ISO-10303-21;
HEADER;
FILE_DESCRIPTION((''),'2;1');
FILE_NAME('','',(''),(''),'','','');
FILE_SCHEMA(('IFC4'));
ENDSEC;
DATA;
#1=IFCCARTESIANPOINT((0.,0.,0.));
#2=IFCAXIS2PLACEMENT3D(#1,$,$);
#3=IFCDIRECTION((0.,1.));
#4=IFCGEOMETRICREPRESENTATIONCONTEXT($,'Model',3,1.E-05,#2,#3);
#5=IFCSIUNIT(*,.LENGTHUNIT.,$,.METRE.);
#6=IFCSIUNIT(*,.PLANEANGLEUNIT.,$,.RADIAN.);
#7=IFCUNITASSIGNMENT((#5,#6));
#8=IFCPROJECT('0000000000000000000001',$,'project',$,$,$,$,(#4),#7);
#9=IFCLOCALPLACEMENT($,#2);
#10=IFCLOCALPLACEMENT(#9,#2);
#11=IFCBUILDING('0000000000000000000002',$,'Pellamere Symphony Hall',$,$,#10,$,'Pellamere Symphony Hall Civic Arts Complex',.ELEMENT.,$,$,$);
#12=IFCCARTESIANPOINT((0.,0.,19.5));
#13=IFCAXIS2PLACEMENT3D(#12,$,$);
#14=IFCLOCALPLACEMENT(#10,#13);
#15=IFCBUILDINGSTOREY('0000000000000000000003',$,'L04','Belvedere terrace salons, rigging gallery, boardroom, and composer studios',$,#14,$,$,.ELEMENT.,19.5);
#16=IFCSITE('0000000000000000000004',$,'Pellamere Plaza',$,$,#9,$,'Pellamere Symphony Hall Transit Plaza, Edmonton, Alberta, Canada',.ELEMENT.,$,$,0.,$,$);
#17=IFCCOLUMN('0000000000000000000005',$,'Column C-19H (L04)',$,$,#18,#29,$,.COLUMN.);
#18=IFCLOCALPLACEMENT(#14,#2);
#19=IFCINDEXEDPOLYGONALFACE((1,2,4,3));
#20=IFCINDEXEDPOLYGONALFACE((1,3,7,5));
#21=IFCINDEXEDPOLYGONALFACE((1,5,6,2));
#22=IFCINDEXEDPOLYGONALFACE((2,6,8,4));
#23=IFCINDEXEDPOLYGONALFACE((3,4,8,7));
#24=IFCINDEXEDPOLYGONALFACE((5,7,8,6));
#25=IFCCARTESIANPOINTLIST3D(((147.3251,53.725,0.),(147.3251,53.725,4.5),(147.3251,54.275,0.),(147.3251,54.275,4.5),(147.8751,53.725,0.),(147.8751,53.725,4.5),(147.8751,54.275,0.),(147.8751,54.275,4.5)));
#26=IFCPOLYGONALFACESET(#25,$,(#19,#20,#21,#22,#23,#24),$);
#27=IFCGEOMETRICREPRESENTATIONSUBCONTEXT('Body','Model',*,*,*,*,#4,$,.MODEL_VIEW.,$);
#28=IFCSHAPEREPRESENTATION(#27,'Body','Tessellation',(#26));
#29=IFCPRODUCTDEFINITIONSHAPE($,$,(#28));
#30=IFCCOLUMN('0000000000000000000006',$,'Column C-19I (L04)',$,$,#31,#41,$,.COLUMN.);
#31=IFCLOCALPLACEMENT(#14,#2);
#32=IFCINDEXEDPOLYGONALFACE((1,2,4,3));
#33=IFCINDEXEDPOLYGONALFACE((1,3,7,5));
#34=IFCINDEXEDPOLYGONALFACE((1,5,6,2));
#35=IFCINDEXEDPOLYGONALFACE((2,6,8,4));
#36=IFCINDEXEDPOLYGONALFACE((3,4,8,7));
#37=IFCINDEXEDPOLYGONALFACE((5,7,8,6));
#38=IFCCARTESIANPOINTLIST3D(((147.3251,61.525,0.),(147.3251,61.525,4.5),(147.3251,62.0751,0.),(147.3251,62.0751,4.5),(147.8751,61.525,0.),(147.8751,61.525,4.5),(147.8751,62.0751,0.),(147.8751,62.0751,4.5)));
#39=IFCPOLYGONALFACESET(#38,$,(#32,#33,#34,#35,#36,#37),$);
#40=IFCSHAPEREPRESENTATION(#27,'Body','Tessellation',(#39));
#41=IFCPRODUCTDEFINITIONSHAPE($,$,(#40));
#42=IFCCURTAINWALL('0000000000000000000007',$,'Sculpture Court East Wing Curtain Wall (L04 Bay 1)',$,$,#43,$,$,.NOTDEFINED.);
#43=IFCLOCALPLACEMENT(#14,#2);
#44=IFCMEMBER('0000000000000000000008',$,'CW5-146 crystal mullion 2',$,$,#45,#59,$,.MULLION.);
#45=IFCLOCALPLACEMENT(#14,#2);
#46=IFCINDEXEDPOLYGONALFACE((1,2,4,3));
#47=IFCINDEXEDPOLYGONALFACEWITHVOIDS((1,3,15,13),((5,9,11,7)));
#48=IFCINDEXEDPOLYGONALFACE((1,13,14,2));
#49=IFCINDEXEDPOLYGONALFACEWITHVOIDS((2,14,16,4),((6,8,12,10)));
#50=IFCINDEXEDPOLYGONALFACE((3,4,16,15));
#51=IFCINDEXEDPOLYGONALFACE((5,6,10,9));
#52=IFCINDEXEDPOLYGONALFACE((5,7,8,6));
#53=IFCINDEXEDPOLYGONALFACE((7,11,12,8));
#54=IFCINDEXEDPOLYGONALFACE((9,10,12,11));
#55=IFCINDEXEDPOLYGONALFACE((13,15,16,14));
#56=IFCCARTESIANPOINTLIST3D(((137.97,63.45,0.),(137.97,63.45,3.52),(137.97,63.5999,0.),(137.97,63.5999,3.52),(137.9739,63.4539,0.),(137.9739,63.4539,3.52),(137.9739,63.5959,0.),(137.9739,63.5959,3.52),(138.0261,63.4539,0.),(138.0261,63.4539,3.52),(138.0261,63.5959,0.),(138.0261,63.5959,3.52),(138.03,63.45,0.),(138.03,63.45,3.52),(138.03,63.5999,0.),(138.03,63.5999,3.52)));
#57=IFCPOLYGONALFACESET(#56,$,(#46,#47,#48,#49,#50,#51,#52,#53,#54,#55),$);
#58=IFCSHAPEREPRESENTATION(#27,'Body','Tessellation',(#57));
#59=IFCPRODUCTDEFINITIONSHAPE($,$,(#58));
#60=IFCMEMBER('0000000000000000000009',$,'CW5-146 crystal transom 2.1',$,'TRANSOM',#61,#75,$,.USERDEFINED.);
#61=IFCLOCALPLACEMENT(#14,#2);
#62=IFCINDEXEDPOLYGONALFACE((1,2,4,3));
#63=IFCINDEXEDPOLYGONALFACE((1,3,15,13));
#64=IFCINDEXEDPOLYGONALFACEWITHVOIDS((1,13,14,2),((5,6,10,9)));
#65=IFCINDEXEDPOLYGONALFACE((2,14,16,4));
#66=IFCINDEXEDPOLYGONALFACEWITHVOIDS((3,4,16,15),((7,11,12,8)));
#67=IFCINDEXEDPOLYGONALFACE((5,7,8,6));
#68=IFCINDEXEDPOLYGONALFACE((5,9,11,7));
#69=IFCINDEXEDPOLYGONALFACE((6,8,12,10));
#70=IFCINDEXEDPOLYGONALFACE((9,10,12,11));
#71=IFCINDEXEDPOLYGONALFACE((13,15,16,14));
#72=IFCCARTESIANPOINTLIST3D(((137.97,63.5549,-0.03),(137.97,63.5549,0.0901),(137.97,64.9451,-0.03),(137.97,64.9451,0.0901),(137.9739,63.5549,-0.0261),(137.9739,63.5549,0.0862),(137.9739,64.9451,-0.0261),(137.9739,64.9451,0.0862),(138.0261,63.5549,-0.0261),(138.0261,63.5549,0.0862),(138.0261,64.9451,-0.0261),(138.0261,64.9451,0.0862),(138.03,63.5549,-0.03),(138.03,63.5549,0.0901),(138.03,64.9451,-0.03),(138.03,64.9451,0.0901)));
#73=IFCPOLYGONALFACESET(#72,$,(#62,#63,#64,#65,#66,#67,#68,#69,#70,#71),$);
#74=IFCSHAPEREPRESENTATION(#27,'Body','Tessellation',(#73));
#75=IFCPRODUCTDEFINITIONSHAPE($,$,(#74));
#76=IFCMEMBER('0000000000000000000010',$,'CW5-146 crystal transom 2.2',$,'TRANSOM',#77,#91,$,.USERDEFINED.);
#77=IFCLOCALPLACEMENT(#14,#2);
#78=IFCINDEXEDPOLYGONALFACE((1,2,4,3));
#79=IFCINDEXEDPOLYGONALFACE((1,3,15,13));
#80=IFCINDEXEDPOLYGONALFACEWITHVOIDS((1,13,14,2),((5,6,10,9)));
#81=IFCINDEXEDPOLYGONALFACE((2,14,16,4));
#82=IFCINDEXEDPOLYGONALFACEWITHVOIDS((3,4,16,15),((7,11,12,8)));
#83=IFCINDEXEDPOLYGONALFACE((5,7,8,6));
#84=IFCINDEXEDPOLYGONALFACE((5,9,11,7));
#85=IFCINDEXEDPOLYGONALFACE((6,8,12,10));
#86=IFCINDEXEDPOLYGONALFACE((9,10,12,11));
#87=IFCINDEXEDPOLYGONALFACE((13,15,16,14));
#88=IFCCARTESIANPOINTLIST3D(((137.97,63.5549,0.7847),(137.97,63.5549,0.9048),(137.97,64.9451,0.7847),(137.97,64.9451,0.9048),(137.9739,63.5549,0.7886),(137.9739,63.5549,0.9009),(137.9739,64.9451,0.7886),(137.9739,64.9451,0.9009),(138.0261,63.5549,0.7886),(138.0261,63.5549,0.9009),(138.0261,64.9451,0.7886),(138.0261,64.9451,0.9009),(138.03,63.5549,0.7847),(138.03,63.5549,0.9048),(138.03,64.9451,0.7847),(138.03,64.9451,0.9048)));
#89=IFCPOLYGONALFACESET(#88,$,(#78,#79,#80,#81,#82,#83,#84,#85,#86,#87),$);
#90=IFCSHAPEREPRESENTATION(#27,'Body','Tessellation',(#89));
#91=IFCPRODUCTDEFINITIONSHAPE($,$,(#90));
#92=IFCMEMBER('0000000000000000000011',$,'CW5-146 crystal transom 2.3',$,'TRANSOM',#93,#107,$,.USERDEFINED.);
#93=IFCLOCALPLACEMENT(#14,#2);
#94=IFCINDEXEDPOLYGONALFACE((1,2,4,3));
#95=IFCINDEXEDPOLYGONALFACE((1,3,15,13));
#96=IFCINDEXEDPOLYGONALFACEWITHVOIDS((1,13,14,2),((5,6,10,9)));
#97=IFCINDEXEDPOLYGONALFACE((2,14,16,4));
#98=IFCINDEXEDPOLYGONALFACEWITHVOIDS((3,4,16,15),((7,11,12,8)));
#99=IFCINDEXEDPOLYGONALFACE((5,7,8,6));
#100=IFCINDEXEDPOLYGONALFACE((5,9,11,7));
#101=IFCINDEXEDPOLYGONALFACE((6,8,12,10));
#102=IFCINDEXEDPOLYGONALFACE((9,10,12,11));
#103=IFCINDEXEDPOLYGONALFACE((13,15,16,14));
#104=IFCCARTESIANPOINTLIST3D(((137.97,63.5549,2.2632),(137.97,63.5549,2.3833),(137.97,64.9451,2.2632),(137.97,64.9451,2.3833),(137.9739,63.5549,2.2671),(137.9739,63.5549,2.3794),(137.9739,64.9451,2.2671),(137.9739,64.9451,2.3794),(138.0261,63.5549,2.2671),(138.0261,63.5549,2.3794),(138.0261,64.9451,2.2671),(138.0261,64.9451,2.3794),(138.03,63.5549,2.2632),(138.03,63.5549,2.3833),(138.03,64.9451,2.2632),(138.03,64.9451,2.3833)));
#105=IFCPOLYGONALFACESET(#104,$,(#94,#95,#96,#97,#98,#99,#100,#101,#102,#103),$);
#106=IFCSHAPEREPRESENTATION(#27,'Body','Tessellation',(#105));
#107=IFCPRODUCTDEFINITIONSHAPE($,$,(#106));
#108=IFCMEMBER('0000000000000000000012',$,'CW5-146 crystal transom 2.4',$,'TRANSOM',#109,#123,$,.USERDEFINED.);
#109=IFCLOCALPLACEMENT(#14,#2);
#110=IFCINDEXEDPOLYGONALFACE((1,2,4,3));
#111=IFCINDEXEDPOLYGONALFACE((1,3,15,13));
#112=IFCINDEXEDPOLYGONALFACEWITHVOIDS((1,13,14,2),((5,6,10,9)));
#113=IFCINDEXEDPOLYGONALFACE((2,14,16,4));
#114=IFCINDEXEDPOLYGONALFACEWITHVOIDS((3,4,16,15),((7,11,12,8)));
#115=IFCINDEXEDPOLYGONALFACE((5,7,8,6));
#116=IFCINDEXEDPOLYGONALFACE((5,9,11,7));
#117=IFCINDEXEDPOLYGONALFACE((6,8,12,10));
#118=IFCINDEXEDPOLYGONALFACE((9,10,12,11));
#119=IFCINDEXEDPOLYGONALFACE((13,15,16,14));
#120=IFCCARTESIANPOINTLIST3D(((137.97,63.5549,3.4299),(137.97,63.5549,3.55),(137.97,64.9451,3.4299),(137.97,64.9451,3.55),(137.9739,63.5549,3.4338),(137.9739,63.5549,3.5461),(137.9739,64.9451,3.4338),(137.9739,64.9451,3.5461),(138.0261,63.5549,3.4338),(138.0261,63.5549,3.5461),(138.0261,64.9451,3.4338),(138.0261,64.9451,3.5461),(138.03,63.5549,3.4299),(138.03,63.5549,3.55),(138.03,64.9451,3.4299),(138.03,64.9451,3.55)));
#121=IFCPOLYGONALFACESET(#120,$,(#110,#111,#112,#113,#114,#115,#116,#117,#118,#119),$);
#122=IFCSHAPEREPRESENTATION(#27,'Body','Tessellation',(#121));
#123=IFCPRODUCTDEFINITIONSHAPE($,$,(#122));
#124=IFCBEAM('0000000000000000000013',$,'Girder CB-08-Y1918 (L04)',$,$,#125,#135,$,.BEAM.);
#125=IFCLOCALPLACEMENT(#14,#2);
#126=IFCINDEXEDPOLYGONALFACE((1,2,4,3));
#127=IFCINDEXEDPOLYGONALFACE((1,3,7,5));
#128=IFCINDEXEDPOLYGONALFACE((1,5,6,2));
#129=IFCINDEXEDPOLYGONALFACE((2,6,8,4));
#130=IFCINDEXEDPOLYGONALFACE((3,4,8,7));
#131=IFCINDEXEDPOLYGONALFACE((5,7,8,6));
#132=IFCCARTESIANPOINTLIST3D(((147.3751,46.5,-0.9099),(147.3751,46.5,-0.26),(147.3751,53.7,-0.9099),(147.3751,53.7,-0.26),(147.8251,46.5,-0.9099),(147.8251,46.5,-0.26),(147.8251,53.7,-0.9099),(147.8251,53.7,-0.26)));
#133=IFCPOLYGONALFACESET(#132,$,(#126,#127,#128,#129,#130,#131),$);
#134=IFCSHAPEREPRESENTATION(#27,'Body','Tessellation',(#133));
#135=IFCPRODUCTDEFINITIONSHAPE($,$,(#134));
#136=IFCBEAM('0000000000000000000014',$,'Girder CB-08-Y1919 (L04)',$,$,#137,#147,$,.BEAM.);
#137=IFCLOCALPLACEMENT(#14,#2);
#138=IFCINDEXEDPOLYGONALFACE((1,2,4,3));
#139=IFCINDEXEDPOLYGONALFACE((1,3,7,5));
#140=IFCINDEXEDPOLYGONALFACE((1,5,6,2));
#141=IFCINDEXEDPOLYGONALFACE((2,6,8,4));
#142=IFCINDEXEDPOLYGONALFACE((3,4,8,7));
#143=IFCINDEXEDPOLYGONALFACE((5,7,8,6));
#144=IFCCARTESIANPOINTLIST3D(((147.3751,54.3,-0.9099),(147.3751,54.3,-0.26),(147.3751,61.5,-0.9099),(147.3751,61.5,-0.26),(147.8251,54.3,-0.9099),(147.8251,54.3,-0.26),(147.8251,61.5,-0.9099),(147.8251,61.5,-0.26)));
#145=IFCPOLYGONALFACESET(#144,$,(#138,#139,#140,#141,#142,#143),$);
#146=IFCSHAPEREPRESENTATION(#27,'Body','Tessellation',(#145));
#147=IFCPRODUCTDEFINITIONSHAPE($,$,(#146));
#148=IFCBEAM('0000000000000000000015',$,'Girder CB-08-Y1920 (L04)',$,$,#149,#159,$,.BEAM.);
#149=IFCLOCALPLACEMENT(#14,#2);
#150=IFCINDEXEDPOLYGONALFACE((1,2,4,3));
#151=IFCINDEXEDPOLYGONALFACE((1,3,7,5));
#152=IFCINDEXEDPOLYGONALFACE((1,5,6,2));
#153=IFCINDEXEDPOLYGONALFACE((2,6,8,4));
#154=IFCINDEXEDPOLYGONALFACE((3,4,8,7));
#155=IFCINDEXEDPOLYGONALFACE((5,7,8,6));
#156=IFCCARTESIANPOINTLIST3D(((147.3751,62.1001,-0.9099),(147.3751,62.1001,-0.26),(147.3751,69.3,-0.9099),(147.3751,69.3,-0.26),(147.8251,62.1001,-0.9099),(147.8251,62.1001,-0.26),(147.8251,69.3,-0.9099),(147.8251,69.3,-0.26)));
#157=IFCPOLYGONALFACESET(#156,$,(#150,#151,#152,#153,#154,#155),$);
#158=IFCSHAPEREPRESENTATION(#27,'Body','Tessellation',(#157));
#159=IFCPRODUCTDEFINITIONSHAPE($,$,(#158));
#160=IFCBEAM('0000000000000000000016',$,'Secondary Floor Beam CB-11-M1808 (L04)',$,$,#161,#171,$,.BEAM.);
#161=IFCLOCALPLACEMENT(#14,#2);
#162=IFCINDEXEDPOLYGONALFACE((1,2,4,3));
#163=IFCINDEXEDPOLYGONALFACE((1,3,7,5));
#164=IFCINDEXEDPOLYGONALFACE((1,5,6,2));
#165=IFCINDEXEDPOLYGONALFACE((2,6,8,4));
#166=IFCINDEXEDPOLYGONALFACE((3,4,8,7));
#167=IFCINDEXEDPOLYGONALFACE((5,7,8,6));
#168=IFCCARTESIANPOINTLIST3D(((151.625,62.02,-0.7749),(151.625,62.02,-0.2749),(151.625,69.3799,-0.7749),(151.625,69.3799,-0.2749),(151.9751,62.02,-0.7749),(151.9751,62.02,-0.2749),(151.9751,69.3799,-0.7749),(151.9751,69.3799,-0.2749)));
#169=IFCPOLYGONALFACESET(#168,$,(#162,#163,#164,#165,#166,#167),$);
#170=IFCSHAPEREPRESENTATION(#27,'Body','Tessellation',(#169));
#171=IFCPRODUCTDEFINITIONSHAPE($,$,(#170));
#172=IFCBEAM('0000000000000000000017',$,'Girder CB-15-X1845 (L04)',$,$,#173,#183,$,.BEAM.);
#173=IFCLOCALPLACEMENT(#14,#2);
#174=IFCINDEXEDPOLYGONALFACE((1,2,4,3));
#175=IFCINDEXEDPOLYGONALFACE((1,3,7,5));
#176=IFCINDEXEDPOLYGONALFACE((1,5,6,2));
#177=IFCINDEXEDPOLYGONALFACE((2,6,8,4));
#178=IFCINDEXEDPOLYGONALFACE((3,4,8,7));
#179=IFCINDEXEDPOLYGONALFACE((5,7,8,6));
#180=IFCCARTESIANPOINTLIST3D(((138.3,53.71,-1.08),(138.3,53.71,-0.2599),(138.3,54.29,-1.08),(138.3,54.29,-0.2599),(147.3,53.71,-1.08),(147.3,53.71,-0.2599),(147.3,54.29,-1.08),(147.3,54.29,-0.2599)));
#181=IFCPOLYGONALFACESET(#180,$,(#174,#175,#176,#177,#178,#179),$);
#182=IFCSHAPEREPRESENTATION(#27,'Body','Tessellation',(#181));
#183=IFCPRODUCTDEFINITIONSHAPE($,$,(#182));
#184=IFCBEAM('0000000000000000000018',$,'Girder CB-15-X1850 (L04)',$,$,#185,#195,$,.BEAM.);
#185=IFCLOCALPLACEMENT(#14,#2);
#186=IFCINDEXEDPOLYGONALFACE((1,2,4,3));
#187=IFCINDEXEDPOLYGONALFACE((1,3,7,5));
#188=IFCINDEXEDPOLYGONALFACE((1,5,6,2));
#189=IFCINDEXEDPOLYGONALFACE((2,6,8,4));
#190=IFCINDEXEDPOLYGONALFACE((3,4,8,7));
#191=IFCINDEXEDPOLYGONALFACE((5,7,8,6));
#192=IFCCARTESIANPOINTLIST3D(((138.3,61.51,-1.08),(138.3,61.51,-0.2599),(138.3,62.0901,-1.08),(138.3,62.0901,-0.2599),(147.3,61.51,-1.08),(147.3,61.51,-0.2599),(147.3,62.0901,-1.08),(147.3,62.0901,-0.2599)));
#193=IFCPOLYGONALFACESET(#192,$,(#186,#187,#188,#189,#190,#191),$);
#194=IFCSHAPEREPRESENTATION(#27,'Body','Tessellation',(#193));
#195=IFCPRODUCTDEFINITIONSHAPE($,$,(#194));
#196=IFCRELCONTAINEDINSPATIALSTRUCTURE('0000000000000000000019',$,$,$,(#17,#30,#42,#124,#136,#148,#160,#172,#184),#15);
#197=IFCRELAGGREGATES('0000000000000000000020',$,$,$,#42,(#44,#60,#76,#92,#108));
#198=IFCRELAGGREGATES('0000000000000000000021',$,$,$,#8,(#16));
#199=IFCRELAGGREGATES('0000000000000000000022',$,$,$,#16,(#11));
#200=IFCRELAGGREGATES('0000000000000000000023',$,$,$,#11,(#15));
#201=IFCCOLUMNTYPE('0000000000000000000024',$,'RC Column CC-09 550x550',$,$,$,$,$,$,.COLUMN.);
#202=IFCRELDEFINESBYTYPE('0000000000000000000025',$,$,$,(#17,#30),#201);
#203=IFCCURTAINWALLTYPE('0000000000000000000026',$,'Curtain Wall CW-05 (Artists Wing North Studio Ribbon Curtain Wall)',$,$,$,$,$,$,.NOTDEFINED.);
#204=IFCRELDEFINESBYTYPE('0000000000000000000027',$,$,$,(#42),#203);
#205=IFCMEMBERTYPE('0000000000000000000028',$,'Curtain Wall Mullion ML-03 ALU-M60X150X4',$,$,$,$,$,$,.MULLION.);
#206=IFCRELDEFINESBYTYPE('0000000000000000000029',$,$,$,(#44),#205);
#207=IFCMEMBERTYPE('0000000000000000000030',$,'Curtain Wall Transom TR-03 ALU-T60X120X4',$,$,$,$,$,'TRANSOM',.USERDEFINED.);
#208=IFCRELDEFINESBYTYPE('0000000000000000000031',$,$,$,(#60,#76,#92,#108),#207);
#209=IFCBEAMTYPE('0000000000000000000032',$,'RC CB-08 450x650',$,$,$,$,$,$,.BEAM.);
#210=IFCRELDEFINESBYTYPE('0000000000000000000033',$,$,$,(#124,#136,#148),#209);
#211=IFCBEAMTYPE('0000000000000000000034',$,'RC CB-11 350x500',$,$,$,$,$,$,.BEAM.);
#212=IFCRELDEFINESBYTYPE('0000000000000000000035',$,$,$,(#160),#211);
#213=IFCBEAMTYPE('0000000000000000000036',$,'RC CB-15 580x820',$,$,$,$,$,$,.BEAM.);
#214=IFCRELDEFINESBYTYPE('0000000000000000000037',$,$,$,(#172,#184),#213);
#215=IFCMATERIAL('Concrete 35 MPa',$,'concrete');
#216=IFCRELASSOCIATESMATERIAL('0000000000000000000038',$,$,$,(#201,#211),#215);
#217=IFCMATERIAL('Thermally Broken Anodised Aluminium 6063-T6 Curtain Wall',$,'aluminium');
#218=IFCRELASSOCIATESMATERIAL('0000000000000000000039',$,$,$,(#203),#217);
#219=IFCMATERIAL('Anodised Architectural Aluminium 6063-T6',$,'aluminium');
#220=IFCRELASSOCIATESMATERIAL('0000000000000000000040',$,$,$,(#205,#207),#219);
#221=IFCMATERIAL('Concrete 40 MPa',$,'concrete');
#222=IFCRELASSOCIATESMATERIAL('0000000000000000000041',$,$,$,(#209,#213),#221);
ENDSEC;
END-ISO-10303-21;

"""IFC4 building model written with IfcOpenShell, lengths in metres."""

from ifc_helpers import new_model, si_unit, direction, frame, origin, origin_2d, place, context, subcontext, project, spatial, rectangle, hollow_rectangle, extrude, material, material_profile, profile_set, type_object, element, aggregate, save


model = new_model("IFC4")

# Units and contexts
model_context = context("Model", 3, precision=1e-05, world=origin(), true_north=direction((0.0, 1.0)))
body_context = subcontext(model_context, "Body", "Model", "MODEL_VIEW")
ifc_project = project(units=[si_unit("LENGTHUNIT", "METRE"), si_unit("PLANEANGLEUNIT", "RADIAN")], contexts=[model_context])

# Site, building, storey
site_placement = place(None, origin())
site = spatial("IfcSite", under=ifc_project, at=site_placement, Name="Pellamere Plaza", LongName="Pellamere Symphony Hall Transit Plaza, Edmonton, Alberta, Canada", CompositionType="ELEMENT", RefElevation=0.0)
building_placement = place(site_placement, origin())
building = spatial("IfcBuilding", under=site, at=building_placement, Name="Pellamere Symphony Hall", LongName="Pellamere Symphony Hall Civic Arts Complex", CompositionType="ELEMENT")
storey_placement = place(building_placement, frame((0.0, 0.0, 19.5)))
storey = spatial("IfcBuildingStorey", under=building, at=storey_placement, Name="L04", Description="Belvedere terrace salons, rigging gallery, boardroom, and composer studios", CompositionType="ELEMENT", Elevation=19.5)

# Columns
ifc_material_1 = material(Name="Concrete 35 MPa", Category="concrete")
ifc_material_profile_1 = material_profile(ifc_material_1, rectangle(XDim=0.55, YDim=0.55, at=origin_2d()), Name="RC 550x550")
ifc_profile_set_1 = profile_set([ifc_material_profile_1], Name="Concrete 35 MPa")
column_type = type_object("IfcColumnType", Name="RC Column CC-09 550x550", PredefinedType="COLUMN", material=ifc_profile_set_1)
for number, where, z_axis, x_axis, name in (
    (1, (147.6001, 54.0, 0.0), (0.0, 0.0, 1.0), (1.0, 0.0, 0.0), "Column C-19H (L04)"),
    (2, (147.6001, 61.8, 0.0), (0.0, 0.0, 1.0), (1.0, 0.0, 0.0), "Column C-19I (L04)"),
):
    element("IfcColumn", number, at=place(storey_placement, frame(where, z_axis=z_axis, x_axis=x_axis)), inside=storey, type_object=column_type, Name=name, PredefinedType="COLUMN", context=body_context, shape_type="SweptSolid", body=[
        extrude(rectangle(XDim=0.55, YDim=0.55, at=origin_2d()), origin(), (0.0, 0.0, 1.0), 4.5),
    ])

# Curtain wall, members
ifc_material_2 = material(Name="Thermally Broken Anodised Aluminium 6063-T6 Curtain Wall", Category="aluminium")
curtain_wall_type = type_object("IfcCurtainWallType", Name="Curtain Wall CW-05 (Artists Wing North Studio Ribbon Curtain Wall)", PredefinedType="NOTDEFINED", material=ifc_material_2)
curtain_wall_placement = place(storey_placement, origin())
curtain_wall = element("IfcCurtainWall", 3, at=curtain_wall_placement, inside=storey, type_object=curtain_wall_type, Name="Sculpture Court East Wing Curtain Wall (L04 Bay 1)", PredefinedType="NOTDEFINED")
ifc_material_3 = material(Name="Anodised Architectural Aluminium 6063-T6", Category="aluminium")
ifc_material_profile_2 = material_profile(ifc_material_3, hollow_rectangle(XDim=0.0601, YDim=0.1499, WallThickness=0.0039, at=origin_2d()), Name="ALU-M60X150X4")
ifc_profile_set_2 = profile_set([ifc_material_profile_2], Name="Anodised Architectural Aluminium 6063-T6")
member_type_1 = type_object("IfcMemberType", Name="Curtain Wall Mullion ML-03 ALU-M60X150X4", PredefinedType="MULLION", material=ifc_profile_set_2)
member_1_placement = place(storey_placement, frame((138.0, 63.5249, 0.0), z_axis=(0.0, 0.0, 1.0), x_axis=(-1.0, 0.0, 0.0)))
member_1 = element("IfcMember", 4, at=member_1_placement, type_object=member_type_1, Name="CW5-146 crystal mullion 2", PredefinedType="MULLION", context=body_context, shape_type="SweptSolid", body=[
    extrude(hollow_rectangle(XDim=0.0601, YDim=0.1499, WallThickness=0.0039, at=origin_2d()), origin(), (0.0, 0.0, 1.0), 3.52),
])
ifc_material_profile_3 = material_profile(ifc_material_3, hollow_rectangle(XDim=0.0601, YDim=0.1201, WallThickness=0.0039, at=origin_2d()), Name="ALU-T60X120X4")
ifc_profile_set_3 = profile_set([ifc_material_profile_3], Name="Anodised Architectural Aluminium 6063-T6")
member_type_2 = type_object("IfcMemberType", Name="Curtain Wall Transom TR-03 ALU-T60X120X4", ElementType="TRANSOM", PredefinedType="USERDEFINED", material=ifc_profile_set_3)
member_2_placement = place(storey_placement, frame((138.0, 63.5549, 0.03), z_axis=(0.0, 1.0, 0.0), x_axis=(-1.0, 0.0, 0.0)))
member_2 = element("IfcMember", 5, at=member_2_placement, type_object=member_type_2, Name="CW5-146 crystal transom 2.1", ObjectType="TRANSOM", PredefinedType="USERDEFINED", context=body_context, shape_type="SweptSolid", body=[
    extrude(hollow_rectangle(XDim=0.0601, YDim=0.1201, WallThickness=0.0039, at=origin_2d()), origin(), (0.0, 0.0, 1.0), 1.3901),
])
member_3_placement = place(storey_placement, frame((138.0, 63.5549, 0.8447), z_axis=(0.0, 1.0, 0.0), x_axis=(-1.0, 0.0, 0.0)))
member_3 = element("IfcMember", 6, at=member_3_placement, type_object=member_type_2, Name="CW5-146 crystal transom 2.2", ObjectType="TRANSOM", PredefinedType="USERDEFINED", context=body_context, shape_type="SweptSolid", body=[
    extrude(hollow_rectangle(XDim=0.0601, YDim=0.1201, WallThickness=0.0039, at=origin_2d()), origin(), (0.0, 0.0, 1.0), 1.3901),
])
member_4_placement = place(storey_placement, frame((138.0, 63.5549, 2.3232), z_axis=(0.0, 1.0, 0.0), x_axis=(-1.0, 0.0, 0.0)))
member_4 = element("IfcMember", 7, at=member_4_placement, type_object=member_type_2, Name="CW5-146 crystal transom 2.3", ObjectType="TRANSOM", PredefinedType="USERDEFINED", context=body_context, shape_type="SweptSolid", body=[
    extrude(hollow_rectangle(XDim=0.0601, YDim=0.1201, WallThickness=0.0039, at=origin_2d()), origin(), (0.0, 0.0, 1.0), 1.3901),
])
member_5_placement = place(storey_placement, frame((138.0, 63.5549, 3.49), z_axis=(0.0, 1.0, 0.0), x_axis=(-1.0, 0.0, 0.0)))
member_5 = element("IfcMember", 8, at=member_5_placement, type_object=member_type_2, Name="CW5-146 crystal transom 2.4", ObjectType="TRANSOM", PredefinedType="USERDEFINED", context=body_context, shape_type="SweptSolid", body=[
    extrude(hollow_rectangle(XDim=0.0601, YDim=0.1201, WallThickness=0.0039, at=origin_2d()), origin(), (0.0, 0.0, 1.0), 1.3901),
])

# Beams
ifc_material_4 = material(Name="Concrete 40 MPa", Category="concrete")
ifc_material_profile_4 = material_profile(ifc_material_4, rectangle(XDim=0.45, YDim=0.6499, at=origin_2d()), Name="RC 450x650")
ifc_profile_set_4 = profile_set([ifc_material_profile_4], Name="Concrete 40 MPa")
beam_type_1 = type_object("IfcBeamType", Name="RC CB-08 450x650", PredefinedType="BEAM", material=ifc_profile_set_4)
for number, where, z_axis, x_axis, name in (
    (9, (147.6001, 46.5, -0.585), (0.0, 1.0, 0.0), (-1.0, 0.0, 0.0), "Girder CB-08-Y1918 (L04)"),
    (10, (147.6001, 54.3, -0.585), (0.0, 1.0, 0.0), (-1.0, 0.0, 0.0), "Girder CB-08-Y1919 (L04)"),
    (11, (147.6001, 62.1001, -0.585), (0.0, 1.0, 0.0), (-1.0, 0.0, 0.0), "Girder CB-08-Y1920 (L04)"),
):
    element("IfcBeam", number, at=place(storey_placement, frame(where, z_axis=z_axis, x_axis=x_axis)), inside=storey, type_object=beam_type_1, Name=name, PredefinedType="BEAM", context=body_context, shape_type="SweptSolid", body=[
        extrude(rectangle(XDim=0.45, YDim=0.6499, at=origin_2d()), origin(), (0.0, 0.0, 1.0), 7.2),
    ])
ifc_material_profile_5 = material_profile(ifc_material_1, rectangle(XDim=0.3501, YDim=0.5, at=origin_2d()), Name="RC 350x500")
ifc_profile_set_5 = profile_set([ifc_material_profile_5], Name="Concrete 35 MPa")
beam_type_2 = type_object("IfcBeamType", Name="RC CB-11 350x500", PredefinedType="BEAM", material=ifc_profile_set_5)
beam_1_placement = place(storey_placement, frame((151.8, 62.02, -0.5249), z_axis=(0.0, 1.0, 0.0), x_axis=(-1.0, 0.0, 0.0)))
element("IfcBeam", 12, at=beam_1_placement, inside=storey, type_object=beam_type_2, Name="Secondary Floor Beam CB-11-M1808 (L04)", PredefinedType="BEAM", context=body_context, shape_type="SweptSolid", body=[
    extrude(rectangle(XDim=0.3501, YDim=0.5, at=origin_2d()), origin(), (0.0, 0.0, 1.0), 7.3599),
])
ifc_material_profile_6 = material_profile(ifc_material_4, rectangle(XDim=0.5801, YDim=0.8201, at=origin_2d()), Name="RC 580x820")
ifc_profile_set_6 = profile_set([ifc_material_profile_6], Name="Concrete 40 MPa")
beam_type_3 = type_object("IfcBeamType", Name="RC CB-15 580x820", PredefinedType="BEAM", material=ifc_profile_set_6)
for number, where, z_axis, x_axis, name in (
    (13, (138.3, 54.0, -0.6699), (1.0, 0.0, 0.0), (0.0, 1.0, 0.0), "Girder CB-15-X1845 (L04)"),
    (14, (138.3, 61.8, -0.6699), (1.0, 0.0, 0.0), (0.0, 1.0, 0.0), "Girder CB-15-X1850 (L04)"),
):
    element("IfcBeam", number, at=place(storey_placement, frame(where, z_axis=z_axis, x_axis=x_axis)), inside=storey, type_object=beam_type_3, Name=name, PredefinedType="BEAM", context=body_context, shape_type="SweptSolid", body=[
        extrude(rectangle(XDim=0.5801, YDim=0.8201, at=origin_2d()), origin(), (0.0, 0.0, 1.0), 9.0),
    ])

aggregate(curtain_wall, [member_1, member_2, member_3, member_4, member_5])

save(model, "model.ifc")
